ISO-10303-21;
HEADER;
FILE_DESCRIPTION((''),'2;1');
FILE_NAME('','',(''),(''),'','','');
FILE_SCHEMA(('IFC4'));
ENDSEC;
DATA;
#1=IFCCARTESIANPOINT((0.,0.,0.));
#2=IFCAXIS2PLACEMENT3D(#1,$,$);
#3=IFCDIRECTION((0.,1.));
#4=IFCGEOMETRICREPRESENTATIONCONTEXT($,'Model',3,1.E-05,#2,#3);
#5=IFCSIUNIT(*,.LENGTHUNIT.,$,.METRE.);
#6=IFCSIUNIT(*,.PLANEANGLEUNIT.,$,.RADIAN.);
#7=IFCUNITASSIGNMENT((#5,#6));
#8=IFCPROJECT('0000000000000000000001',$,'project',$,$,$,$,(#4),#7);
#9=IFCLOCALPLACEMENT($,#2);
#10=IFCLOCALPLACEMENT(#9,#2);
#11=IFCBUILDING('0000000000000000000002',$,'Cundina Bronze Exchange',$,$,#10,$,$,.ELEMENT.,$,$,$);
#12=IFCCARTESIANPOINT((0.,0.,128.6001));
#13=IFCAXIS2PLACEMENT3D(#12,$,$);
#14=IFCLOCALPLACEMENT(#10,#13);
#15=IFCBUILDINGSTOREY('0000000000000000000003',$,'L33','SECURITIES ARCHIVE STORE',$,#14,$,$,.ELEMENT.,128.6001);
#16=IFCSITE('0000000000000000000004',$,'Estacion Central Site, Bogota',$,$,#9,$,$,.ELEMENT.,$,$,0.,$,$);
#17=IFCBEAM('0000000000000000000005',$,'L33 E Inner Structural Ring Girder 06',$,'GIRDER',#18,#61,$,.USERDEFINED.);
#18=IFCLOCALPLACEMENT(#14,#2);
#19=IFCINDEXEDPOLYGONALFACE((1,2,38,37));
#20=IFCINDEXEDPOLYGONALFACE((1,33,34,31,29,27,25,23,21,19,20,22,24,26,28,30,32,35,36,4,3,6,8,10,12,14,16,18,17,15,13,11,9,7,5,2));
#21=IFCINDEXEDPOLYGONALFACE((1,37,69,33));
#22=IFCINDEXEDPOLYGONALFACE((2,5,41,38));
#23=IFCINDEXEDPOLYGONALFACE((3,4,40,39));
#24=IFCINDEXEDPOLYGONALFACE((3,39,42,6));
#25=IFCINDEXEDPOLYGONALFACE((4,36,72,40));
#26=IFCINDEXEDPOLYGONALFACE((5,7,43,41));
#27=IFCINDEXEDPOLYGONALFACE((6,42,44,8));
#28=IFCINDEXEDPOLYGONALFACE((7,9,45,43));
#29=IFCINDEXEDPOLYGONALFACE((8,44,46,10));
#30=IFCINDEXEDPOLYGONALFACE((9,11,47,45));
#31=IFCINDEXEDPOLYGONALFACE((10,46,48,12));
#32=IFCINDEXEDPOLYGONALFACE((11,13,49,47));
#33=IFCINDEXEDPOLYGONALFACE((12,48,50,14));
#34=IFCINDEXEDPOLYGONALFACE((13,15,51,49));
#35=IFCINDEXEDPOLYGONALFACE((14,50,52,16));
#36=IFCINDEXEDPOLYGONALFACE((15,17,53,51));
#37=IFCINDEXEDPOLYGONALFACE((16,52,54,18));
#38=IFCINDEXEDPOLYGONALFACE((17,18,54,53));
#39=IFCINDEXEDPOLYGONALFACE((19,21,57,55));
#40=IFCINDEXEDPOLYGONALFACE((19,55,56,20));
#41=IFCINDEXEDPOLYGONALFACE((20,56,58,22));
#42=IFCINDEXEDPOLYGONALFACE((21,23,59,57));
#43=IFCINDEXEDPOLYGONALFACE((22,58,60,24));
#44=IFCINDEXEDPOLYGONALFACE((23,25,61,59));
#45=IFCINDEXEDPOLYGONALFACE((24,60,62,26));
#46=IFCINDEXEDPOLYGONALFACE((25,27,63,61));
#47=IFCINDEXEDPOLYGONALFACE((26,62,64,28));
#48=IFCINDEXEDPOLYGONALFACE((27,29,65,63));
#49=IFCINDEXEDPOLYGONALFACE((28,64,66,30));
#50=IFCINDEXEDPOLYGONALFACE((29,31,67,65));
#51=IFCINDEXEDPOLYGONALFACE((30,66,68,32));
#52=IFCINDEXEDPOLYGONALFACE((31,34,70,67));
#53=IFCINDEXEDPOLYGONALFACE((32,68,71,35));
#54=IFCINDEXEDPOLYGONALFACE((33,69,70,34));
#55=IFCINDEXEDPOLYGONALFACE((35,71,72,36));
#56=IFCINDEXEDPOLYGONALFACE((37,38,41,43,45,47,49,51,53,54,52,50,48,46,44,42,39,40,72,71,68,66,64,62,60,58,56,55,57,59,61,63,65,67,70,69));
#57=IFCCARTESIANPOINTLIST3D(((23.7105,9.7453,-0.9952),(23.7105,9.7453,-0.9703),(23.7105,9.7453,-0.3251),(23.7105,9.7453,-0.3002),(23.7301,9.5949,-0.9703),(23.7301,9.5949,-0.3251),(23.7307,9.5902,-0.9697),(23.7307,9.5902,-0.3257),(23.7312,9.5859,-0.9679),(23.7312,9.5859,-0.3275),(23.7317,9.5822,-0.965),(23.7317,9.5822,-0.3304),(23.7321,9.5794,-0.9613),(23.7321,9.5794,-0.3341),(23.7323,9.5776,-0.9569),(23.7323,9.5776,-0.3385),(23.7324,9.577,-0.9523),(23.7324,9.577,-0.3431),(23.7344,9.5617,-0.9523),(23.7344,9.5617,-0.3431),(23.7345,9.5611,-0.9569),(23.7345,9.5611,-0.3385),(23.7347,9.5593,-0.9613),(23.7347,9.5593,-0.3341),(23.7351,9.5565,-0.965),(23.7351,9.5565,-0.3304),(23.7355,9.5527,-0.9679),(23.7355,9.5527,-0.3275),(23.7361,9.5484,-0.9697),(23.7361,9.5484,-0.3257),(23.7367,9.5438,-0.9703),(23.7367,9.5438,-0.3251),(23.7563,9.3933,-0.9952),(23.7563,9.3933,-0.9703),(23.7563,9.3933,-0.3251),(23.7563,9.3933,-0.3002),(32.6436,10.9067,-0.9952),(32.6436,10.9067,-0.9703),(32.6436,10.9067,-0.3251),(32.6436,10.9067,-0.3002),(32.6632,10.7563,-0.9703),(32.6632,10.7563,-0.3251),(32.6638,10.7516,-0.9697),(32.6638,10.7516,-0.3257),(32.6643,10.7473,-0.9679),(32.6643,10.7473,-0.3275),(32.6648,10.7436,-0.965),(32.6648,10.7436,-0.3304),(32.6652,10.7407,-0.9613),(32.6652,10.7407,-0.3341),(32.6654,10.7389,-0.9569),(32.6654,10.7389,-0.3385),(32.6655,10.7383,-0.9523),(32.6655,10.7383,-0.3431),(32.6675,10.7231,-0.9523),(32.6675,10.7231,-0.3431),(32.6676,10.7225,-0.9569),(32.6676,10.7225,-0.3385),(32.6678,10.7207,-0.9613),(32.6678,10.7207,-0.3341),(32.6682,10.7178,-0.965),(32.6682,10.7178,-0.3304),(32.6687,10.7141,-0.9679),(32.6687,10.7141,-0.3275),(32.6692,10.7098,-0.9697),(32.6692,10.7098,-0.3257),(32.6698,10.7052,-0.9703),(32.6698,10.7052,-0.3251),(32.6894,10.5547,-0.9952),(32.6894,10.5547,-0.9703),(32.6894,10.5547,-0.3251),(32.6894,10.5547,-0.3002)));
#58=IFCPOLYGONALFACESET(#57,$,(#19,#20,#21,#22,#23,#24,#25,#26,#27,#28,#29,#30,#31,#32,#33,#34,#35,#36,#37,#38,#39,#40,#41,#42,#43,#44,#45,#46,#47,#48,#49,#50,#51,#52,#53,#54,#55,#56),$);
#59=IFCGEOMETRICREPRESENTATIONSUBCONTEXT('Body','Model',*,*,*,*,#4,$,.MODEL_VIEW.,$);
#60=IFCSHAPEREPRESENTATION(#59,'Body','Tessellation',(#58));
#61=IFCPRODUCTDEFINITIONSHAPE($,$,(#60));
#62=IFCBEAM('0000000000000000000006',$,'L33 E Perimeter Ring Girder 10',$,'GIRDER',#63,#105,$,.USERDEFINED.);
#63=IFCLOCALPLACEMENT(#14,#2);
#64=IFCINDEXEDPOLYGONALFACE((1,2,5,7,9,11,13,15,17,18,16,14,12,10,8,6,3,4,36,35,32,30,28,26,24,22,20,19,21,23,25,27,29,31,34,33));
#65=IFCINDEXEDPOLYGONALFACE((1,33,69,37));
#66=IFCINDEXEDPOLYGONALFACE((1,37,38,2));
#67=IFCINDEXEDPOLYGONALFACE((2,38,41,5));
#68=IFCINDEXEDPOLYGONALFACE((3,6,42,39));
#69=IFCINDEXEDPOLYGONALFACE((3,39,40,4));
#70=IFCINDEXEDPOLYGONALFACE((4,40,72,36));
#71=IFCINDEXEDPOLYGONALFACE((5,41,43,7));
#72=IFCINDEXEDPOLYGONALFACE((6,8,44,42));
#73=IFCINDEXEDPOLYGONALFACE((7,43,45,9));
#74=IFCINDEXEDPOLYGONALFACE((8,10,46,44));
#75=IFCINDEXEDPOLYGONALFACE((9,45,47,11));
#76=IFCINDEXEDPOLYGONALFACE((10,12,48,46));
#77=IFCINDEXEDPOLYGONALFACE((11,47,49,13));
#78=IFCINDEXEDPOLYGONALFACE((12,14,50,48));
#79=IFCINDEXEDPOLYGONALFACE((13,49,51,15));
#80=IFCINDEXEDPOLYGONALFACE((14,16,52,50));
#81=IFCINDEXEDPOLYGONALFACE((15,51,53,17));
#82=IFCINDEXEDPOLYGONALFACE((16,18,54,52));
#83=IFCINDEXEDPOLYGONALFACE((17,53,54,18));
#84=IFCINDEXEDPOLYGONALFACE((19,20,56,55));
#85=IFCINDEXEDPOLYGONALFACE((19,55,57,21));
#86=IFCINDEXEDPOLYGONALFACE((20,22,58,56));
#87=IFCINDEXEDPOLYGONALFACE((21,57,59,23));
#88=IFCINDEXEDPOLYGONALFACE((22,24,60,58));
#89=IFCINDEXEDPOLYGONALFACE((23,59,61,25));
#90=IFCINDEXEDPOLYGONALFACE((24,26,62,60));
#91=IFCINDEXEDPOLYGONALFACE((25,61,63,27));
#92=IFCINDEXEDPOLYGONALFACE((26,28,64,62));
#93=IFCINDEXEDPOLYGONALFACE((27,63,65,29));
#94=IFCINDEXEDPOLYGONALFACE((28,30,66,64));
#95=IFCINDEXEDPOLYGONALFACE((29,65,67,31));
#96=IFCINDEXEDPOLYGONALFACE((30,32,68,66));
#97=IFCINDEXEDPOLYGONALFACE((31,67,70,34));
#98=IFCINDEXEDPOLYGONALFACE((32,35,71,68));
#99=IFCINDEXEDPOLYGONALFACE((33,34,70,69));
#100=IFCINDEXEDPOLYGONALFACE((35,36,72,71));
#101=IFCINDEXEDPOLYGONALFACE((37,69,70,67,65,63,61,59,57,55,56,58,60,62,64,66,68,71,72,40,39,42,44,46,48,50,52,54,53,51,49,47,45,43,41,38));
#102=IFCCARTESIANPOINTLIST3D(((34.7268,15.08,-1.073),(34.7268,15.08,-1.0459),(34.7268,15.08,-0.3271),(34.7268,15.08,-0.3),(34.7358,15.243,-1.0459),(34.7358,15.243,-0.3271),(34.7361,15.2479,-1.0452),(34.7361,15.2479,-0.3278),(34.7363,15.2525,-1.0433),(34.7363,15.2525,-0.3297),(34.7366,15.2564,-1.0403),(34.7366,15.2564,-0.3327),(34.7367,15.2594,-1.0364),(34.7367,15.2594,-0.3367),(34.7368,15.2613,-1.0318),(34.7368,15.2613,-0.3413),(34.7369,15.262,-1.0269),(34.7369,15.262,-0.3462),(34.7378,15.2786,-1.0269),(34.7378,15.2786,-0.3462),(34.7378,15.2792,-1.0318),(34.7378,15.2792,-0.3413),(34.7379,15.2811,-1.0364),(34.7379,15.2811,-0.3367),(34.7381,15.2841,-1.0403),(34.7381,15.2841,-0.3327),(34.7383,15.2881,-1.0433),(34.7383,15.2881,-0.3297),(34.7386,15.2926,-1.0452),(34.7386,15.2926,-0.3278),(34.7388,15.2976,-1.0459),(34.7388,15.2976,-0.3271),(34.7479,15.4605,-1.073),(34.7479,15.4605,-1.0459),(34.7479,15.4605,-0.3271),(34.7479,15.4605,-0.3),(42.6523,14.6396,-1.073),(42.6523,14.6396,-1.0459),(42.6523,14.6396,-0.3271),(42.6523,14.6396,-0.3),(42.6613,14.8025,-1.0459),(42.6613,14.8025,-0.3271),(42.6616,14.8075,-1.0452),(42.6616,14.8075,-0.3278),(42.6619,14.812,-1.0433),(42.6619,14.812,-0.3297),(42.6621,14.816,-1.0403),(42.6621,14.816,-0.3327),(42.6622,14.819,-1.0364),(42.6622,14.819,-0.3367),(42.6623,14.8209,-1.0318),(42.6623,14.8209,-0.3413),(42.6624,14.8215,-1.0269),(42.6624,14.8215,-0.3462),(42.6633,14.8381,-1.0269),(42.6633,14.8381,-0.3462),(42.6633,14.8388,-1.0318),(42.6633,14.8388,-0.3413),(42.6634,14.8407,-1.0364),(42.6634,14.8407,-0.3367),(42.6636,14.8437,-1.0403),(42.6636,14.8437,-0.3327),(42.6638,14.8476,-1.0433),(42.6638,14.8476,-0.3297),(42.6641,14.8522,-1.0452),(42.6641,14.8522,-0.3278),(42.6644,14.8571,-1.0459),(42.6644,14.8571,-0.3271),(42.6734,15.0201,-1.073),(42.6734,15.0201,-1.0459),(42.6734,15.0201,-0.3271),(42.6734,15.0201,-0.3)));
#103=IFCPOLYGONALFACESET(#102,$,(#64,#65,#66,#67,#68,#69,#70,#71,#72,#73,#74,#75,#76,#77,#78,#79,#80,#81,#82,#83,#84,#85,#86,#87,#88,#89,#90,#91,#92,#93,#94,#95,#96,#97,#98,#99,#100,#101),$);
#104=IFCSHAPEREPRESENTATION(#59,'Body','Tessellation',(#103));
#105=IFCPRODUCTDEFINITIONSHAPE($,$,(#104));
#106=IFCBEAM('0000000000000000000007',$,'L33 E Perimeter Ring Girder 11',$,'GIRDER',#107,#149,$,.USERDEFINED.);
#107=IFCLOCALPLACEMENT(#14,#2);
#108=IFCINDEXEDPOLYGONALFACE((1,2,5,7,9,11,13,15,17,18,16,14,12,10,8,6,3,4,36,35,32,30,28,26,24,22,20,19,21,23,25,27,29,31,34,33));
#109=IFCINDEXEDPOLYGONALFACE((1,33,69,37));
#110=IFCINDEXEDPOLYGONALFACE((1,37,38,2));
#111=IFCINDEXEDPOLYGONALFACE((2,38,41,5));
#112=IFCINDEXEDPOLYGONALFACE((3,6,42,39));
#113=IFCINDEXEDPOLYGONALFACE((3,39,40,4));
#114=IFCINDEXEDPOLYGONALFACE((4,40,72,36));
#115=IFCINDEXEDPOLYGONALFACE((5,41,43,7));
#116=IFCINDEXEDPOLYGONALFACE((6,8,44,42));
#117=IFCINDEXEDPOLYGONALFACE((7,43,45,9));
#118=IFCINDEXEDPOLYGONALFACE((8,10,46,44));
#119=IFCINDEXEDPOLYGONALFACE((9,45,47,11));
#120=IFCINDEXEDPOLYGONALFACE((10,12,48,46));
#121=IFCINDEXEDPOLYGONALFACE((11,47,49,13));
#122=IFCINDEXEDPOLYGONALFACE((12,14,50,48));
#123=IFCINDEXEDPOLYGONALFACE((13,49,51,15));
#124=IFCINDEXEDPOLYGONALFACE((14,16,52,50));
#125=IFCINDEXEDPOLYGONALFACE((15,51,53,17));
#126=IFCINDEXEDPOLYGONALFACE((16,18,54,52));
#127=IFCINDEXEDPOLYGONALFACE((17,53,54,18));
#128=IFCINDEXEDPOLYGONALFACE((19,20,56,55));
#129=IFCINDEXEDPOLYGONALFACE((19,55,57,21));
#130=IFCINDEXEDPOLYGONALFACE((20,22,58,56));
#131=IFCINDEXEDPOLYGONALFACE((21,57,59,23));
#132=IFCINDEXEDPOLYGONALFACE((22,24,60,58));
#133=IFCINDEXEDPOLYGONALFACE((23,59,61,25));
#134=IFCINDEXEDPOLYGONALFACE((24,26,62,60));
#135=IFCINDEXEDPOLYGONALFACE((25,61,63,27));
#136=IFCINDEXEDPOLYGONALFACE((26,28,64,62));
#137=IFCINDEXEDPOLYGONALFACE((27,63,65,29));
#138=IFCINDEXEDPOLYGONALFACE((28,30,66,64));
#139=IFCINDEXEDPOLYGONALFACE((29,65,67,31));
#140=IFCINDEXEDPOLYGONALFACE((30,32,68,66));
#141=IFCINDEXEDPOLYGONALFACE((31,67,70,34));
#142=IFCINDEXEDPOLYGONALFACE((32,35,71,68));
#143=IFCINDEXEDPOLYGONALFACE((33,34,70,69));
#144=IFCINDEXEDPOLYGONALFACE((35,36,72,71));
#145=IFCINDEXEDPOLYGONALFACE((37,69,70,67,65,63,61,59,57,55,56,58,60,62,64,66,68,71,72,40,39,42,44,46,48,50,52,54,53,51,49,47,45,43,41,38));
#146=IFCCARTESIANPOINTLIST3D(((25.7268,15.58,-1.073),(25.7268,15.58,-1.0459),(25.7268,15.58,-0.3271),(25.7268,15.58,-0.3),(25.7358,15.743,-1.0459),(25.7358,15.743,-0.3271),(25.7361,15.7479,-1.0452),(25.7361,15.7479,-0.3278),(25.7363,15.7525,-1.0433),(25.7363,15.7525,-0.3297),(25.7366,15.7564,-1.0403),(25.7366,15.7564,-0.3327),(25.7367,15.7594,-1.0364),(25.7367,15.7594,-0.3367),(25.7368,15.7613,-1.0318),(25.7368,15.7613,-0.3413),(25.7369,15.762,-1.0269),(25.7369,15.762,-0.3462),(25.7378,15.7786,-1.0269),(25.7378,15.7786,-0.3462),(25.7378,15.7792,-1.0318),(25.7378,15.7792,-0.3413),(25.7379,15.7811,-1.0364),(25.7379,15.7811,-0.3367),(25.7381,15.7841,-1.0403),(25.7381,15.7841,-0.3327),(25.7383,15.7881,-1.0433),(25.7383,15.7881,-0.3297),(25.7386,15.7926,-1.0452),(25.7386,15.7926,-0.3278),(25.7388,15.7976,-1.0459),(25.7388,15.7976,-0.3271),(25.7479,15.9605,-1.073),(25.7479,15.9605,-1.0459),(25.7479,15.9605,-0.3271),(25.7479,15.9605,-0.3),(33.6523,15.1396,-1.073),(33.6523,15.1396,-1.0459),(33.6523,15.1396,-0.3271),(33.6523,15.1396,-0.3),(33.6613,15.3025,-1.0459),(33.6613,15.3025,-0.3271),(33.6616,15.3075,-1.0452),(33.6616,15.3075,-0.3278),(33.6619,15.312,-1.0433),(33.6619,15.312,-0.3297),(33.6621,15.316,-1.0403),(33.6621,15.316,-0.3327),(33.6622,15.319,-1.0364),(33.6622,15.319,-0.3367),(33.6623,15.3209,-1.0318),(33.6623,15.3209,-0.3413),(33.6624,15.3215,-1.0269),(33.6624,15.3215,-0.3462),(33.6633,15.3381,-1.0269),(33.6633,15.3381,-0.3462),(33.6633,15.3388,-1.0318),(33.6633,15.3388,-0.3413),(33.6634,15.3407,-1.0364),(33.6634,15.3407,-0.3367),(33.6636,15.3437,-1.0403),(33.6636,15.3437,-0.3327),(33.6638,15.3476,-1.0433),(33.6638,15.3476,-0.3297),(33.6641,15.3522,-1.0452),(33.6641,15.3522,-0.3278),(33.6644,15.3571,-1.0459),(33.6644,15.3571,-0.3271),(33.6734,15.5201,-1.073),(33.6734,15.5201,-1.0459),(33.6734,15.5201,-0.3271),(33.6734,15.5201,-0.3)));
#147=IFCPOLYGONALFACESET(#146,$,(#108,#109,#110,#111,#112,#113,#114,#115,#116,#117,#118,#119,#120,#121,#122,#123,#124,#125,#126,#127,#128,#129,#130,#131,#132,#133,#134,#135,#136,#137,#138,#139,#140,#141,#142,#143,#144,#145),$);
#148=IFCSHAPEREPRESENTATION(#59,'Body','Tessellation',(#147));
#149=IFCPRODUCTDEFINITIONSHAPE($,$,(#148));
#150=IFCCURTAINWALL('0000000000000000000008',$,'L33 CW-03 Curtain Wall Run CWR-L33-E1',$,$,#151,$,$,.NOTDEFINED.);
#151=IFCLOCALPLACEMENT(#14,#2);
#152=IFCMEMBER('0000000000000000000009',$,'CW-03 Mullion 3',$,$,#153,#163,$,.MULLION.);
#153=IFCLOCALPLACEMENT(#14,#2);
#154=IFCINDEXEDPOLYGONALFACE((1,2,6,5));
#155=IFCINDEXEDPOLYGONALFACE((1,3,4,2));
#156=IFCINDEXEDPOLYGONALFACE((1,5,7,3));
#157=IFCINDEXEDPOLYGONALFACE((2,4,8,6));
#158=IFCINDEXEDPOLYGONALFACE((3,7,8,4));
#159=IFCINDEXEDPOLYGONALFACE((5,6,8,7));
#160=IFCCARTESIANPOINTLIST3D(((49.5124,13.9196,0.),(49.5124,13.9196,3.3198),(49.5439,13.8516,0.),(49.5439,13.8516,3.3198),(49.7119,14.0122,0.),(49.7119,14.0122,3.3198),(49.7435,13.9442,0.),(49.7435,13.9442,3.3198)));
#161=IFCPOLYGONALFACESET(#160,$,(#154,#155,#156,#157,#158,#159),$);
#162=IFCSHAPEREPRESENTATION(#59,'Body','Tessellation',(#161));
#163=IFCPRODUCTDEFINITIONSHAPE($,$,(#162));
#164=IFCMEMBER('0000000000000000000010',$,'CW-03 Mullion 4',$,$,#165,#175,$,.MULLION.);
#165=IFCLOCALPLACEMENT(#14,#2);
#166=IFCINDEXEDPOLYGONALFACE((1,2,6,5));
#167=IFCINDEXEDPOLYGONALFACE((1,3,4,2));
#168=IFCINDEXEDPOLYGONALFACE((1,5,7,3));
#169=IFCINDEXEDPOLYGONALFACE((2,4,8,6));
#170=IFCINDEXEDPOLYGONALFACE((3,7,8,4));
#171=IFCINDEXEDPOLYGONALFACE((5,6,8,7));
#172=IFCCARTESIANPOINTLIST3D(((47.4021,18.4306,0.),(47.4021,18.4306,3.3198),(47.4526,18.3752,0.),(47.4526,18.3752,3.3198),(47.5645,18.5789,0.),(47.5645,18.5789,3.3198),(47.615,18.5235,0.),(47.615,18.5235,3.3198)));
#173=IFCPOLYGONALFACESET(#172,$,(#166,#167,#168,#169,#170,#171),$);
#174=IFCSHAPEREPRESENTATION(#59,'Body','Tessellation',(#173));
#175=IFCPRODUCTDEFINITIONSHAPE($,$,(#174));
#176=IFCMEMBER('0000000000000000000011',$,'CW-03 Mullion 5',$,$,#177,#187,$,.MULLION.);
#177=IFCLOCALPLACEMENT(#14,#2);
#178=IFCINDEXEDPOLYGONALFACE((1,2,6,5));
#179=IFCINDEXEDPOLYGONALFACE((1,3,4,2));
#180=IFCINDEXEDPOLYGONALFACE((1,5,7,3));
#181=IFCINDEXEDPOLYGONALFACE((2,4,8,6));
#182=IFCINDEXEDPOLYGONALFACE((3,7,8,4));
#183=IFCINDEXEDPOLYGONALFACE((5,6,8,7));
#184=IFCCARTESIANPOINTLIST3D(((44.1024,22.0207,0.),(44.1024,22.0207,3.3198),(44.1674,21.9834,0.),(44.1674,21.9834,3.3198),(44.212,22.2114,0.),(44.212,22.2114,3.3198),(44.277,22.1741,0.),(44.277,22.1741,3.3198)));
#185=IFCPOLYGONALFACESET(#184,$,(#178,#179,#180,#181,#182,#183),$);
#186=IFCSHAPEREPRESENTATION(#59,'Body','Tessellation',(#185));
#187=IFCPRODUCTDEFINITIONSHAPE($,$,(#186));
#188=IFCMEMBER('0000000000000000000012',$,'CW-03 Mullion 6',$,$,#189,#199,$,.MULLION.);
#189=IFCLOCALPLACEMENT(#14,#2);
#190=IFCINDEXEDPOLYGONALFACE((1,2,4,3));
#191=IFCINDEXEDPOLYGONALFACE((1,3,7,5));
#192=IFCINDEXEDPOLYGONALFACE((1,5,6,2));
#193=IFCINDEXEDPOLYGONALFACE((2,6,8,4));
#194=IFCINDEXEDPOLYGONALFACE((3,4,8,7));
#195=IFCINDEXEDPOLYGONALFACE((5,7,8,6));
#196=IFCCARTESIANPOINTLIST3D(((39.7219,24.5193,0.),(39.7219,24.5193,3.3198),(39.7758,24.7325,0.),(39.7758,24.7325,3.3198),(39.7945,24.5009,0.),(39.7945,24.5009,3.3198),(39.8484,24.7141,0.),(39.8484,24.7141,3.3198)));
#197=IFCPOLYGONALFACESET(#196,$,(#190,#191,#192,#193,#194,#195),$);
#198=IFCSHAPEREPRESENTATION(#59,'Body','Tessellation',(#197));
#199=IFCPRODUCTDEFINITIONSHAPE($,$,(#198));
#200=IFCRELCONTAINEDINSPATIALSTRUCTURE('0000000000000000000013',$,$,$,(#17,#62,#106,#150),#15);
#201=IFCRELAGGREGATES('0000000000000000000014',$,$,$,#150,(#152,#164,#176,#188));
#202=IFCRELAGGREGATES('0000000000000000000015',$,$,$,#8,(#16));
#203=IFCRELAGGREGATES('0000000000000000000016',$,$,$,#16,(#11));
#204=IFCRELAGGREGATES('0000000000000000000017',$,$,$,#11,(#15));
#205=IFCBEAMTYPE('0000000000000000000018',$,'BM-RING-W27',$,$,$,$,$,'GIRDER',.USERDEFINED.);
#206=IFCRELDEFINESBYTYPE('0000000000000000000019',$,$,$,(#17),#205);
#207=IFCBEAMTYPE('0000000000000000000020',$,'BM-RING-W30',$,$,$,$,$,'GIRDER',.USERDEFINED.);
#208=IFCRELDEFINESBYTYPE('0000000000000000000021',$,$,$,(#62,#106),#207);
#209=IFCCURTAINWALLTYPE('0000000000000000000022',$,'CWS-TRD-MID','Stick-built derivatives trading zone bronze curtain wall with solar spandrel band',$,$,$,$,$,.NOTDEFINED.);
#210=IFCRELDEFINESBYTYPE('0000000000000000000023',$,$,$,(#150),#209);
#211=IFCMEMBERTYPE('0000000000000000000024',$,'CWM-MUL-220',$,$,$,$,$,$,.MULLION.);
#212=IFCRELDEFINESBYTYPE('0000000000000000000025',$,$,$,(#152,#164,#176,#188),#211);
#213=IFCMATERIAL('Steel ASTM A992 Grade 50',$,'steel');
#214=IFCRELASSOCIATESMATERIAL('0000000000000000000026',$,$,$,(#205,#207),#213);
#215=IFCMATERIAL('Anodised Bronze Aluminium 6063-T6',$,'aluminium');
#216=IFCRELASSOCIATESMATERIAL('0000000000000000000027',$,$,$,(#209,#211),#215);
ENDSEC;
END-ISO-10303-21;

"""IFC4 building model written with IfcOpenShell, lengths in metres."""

from ifc_helpers import new_model, si_unit, direction, frame, origin, origin_2d, place, context, subcontext, project, spatial, rectangle, i_section, extrude, material, material_profile, profile_set, type_object, element, aggregate, save


model = new_model("IFC4")

# Units and contexts
model_context = context("Model", 3, precision=1e-05, world=origin(), true_north=direction((0.0, 1.0)))
body_context = subcontext(model_context, "Body", "Model", "MODEL_VIEW")
ifc_project = project(units=[si_unit("LENGTHUNIT", "METRE"), si_unit("PLANEANGLEUNIT", "RADIAN")], contexts=[model_context])

# Site, building, storey
site_placement = place(None, origin())
site = spatial("IfcSite", under=ifc_project, at=site_placement, Name="Estacion Central Site, Bogota", CompositionType="ELEMENT", RefElevation=0.0)
building_placement = place(site_placement, origin())
building = spatial("IfcBuilding", under=site, at=building_placement, Name="Cundina Bronze Exchange", CompositionType="ELEMENT")
storey_placement = place(building_placement, frame((0.0, 0.0, 128.6001)))
storey = spatial("IfcBuildingStorey", under=building, at=storey_placement, Name="L33", Description="SECURITIES ARCHIVE STORE", CompositionType="ELEMENT", Elevation=128.6001)

# Beams
ifc_material_1 = material(Name="Steel ASTM A992 Grade 50", Category="steel")
ifc_material_profile_1 = material_profile(ifc_material_1, i_section(OverallWidth=0.355, OverallDepth=0.6951, WebThickness=0.0154, FlangeThickness=0.0249, FilletRadius=0.0181, at=origin_2d()), Name="W27X146", Category="steel")
ifc_profile_set_1 = profile_set([ifc_material_profile_1], Name="Steel ASTM A992 Grade 50")
beam_type_1 = type_object("IfcBeamType", Name="BM-RING-W27", ElementType="GIRDER", PredefinedType="USERDEFINED", material=ifc_profile_set_1)
beam_1_placement = place(storey_placement, frame((32.6665, 10.7307, -0.6477), z_axis=(-0.991655, -0.128923, 0.0), x_axis=(0.128923, -0.991655, 0.0)))
element("IfcBeam", 1, at=beam_1_placement, inside=storey, type_object=beam_type_1, Name="L33 E Inner Structural Ring Girder 06", ObjectType="GIRDER", PredefinedType="USERDEFINED", context=body_context, shape_type="SweptSolid", body=[
    extrude(i_section(OverallWidth=0.355, OverallDepth=0.6951, WebThickness=0.0154, FlangeThickness=0.0249, FilletRadius=0.0181, at=origin_2d()), origin(), (0.0, 0.0, 1.0), 9.0083),
])
ifc_material_profile_2 = material_profile(ifc_material_1, i_section(OverallWidth=0.3811, OverallDepth=0.7729, WebThickness=0.0166, FlangeThickness=0.0271, FilletRadius=0.019, at=origin_2d()), Name="W30X173", Category="steel")
ifc_profile_set_2 = profile_set([ifc_material_profile_2], Name="Steel ASTM A992 Grade 50")
beam_type_2 = type_object("IfcBeamType", Name="BM-RING-W30", ElementType="GIRDER", PredefinedType="USERDEFINED", material=ifc_profile_set_2)
for number, where, z_axis, x_axis, name in (
    (2, (42.6628, 14.8298, -0.6865), (-0.99846, 0.055485, 0.0), (-0.055485, -0.99846, 0.0), "L33 E Perimeter Ring Girder 10"),
    (3, (33.6628, 15.3298, -0.6865), (-0.99846, 0.055485, 0.0), (-0.055485, -0.99846, 0.0), "L33 E Perimeter Ring Girder 11"),
):
    element("IfcBeam", number, at=place(storey_placement, frame(where, z_axis=z_axis, x_axis=x_axis)), inside=storey, type_object=beam_type_2, Name=name, ObjectType="GIRDER", PredefinedType="USERDEFINED", context=body_context, shape_type="SweptSolid", body=[
        extrude(i_section(OverallWidth=0.3811, OverallDepth=0.7729, WebThickness=0.0166, FlangeThickness=0.0271, FilletRadius=0.019, at=origin_2d()), origin(), (0.0, 0.0, 1.0), 7.9377),
    ])

# Curtain wall, members
ifc_material_2 = material(Name="Anodised Bronze Aluminium 6063-T6", Category="aluminium")
curtain_wall_type = type_object("IfcCurtainWallType", Name="CWS-TRD-MID", Description="Stick-built derivatives trading zone bronze curtain wall with solar spandrel band", PredefinedType="NOTDEFINED", material=ifc_material_2)
curtain_wall_placement = place(storey_placement, origin())
curtain_wall = element("IfcCurtainWall", 4, at=curtain_wall_placement, inside=storey, type_object=curtain_wall_type, Name="L33 CW-03 Curtain Wall Run CWR-L33-E1", PredefinedType="NOTDEFINED")
ifc_material_profile_3 = material_profile(ifc_material_2, rectangle(XDim=0.075, YDim=0.22, at=origin_2d()), Name="AL75X220", Category="aluminium")
ifc_profile_set_3 = profile_set([ifc_material_profile_3], Name="Anodised Bronze Aluminium 6063-T6")
member_type_1 = type_object("IfcMemberType", Name="CWM-MUL-220", PredefinedType="MULLION", material=ifc_profile_set_3)
member_1_placement = place(storey_placement, frame((49.6279, 13.9319, 0.0), z_axis=(0.0, 0.0, 1.0), x_axis=(-0.420877, 0.907117, 0.0)))
member_1 = element("IfcMember", 5, at=member_1_placement, type_object=member_type_1, Name="CW-03 Mullion 3", PredefinedType="MULLION", context=body_context, shape_type="SweptSolid", body=[
    extrude(rectangle(XDim=0.075, YDim=0.22, at=origin_2d()), origin(), (0.0, 0.0, 1.0), 3.3198),
])
member_2_placement = place(storey_placement, frame((47.5085, 18.4771, 0.0), z_axis=(0.0, 0.0, 1.0), x_axis=(-0.674302, 0.738455, 0.0)))
member_2 = element("IfcMember", 6, at=member_2_placement, type_object=member_type_1, Name="CW-03 Mullion 4", PredefinedType="MULLION", context=body_context, shape_type="SweptSolid", body=[
    extrude(rectangle(XDim=0.075, YDim=0.22, at=origin_2d()), origin(), (0.0, 0.0, 1.0), 3.3198),
])
member_3_placement = place(storey_placement, frame((44.1897, 22.0974, 0.0), z_axis=(0.0, 0.0, 1.0), x_axis=(-0.867071, 0.498185, 0.0)))
member_3 = element("IfcMember", 7, at=member_3_placement, type_object=member_type_1, Name="CW-03 Mullion 5", PredefinedType="MULLION", context=body_context, shape_type="SweptSolid", body=[
    extrude(rectangle(XDim=0.075, YDim=0.22, at=origin_2d()), origin(), (0.0, 0.0, 1.0), 3.3198),
])
member_4_placement = place(storey_placement, frame((39.7852, 24.6167, 0.0), z_axis=(0.0, 0.0, 1.0), x_axis=(-0.969488, 0.245138, 0.0)))
member_4 = element("IfcMember", 8, at=member_4_placement, type_object=member_type_1, Name="CW-03 Mullion 6", PredefinedType="MULLION", context=body_context, shape_type="SweptSolid", body=[
    extrude(rectangle(XDim=0.075, YDim=0.22, at=origin_2d()), origin(), (0.0, 0.0, 1.0), 3.3198),
])
aggregate(curtain_wall, [member_1, member_2, member_3, member_4])

save(model, "model.ifc")
